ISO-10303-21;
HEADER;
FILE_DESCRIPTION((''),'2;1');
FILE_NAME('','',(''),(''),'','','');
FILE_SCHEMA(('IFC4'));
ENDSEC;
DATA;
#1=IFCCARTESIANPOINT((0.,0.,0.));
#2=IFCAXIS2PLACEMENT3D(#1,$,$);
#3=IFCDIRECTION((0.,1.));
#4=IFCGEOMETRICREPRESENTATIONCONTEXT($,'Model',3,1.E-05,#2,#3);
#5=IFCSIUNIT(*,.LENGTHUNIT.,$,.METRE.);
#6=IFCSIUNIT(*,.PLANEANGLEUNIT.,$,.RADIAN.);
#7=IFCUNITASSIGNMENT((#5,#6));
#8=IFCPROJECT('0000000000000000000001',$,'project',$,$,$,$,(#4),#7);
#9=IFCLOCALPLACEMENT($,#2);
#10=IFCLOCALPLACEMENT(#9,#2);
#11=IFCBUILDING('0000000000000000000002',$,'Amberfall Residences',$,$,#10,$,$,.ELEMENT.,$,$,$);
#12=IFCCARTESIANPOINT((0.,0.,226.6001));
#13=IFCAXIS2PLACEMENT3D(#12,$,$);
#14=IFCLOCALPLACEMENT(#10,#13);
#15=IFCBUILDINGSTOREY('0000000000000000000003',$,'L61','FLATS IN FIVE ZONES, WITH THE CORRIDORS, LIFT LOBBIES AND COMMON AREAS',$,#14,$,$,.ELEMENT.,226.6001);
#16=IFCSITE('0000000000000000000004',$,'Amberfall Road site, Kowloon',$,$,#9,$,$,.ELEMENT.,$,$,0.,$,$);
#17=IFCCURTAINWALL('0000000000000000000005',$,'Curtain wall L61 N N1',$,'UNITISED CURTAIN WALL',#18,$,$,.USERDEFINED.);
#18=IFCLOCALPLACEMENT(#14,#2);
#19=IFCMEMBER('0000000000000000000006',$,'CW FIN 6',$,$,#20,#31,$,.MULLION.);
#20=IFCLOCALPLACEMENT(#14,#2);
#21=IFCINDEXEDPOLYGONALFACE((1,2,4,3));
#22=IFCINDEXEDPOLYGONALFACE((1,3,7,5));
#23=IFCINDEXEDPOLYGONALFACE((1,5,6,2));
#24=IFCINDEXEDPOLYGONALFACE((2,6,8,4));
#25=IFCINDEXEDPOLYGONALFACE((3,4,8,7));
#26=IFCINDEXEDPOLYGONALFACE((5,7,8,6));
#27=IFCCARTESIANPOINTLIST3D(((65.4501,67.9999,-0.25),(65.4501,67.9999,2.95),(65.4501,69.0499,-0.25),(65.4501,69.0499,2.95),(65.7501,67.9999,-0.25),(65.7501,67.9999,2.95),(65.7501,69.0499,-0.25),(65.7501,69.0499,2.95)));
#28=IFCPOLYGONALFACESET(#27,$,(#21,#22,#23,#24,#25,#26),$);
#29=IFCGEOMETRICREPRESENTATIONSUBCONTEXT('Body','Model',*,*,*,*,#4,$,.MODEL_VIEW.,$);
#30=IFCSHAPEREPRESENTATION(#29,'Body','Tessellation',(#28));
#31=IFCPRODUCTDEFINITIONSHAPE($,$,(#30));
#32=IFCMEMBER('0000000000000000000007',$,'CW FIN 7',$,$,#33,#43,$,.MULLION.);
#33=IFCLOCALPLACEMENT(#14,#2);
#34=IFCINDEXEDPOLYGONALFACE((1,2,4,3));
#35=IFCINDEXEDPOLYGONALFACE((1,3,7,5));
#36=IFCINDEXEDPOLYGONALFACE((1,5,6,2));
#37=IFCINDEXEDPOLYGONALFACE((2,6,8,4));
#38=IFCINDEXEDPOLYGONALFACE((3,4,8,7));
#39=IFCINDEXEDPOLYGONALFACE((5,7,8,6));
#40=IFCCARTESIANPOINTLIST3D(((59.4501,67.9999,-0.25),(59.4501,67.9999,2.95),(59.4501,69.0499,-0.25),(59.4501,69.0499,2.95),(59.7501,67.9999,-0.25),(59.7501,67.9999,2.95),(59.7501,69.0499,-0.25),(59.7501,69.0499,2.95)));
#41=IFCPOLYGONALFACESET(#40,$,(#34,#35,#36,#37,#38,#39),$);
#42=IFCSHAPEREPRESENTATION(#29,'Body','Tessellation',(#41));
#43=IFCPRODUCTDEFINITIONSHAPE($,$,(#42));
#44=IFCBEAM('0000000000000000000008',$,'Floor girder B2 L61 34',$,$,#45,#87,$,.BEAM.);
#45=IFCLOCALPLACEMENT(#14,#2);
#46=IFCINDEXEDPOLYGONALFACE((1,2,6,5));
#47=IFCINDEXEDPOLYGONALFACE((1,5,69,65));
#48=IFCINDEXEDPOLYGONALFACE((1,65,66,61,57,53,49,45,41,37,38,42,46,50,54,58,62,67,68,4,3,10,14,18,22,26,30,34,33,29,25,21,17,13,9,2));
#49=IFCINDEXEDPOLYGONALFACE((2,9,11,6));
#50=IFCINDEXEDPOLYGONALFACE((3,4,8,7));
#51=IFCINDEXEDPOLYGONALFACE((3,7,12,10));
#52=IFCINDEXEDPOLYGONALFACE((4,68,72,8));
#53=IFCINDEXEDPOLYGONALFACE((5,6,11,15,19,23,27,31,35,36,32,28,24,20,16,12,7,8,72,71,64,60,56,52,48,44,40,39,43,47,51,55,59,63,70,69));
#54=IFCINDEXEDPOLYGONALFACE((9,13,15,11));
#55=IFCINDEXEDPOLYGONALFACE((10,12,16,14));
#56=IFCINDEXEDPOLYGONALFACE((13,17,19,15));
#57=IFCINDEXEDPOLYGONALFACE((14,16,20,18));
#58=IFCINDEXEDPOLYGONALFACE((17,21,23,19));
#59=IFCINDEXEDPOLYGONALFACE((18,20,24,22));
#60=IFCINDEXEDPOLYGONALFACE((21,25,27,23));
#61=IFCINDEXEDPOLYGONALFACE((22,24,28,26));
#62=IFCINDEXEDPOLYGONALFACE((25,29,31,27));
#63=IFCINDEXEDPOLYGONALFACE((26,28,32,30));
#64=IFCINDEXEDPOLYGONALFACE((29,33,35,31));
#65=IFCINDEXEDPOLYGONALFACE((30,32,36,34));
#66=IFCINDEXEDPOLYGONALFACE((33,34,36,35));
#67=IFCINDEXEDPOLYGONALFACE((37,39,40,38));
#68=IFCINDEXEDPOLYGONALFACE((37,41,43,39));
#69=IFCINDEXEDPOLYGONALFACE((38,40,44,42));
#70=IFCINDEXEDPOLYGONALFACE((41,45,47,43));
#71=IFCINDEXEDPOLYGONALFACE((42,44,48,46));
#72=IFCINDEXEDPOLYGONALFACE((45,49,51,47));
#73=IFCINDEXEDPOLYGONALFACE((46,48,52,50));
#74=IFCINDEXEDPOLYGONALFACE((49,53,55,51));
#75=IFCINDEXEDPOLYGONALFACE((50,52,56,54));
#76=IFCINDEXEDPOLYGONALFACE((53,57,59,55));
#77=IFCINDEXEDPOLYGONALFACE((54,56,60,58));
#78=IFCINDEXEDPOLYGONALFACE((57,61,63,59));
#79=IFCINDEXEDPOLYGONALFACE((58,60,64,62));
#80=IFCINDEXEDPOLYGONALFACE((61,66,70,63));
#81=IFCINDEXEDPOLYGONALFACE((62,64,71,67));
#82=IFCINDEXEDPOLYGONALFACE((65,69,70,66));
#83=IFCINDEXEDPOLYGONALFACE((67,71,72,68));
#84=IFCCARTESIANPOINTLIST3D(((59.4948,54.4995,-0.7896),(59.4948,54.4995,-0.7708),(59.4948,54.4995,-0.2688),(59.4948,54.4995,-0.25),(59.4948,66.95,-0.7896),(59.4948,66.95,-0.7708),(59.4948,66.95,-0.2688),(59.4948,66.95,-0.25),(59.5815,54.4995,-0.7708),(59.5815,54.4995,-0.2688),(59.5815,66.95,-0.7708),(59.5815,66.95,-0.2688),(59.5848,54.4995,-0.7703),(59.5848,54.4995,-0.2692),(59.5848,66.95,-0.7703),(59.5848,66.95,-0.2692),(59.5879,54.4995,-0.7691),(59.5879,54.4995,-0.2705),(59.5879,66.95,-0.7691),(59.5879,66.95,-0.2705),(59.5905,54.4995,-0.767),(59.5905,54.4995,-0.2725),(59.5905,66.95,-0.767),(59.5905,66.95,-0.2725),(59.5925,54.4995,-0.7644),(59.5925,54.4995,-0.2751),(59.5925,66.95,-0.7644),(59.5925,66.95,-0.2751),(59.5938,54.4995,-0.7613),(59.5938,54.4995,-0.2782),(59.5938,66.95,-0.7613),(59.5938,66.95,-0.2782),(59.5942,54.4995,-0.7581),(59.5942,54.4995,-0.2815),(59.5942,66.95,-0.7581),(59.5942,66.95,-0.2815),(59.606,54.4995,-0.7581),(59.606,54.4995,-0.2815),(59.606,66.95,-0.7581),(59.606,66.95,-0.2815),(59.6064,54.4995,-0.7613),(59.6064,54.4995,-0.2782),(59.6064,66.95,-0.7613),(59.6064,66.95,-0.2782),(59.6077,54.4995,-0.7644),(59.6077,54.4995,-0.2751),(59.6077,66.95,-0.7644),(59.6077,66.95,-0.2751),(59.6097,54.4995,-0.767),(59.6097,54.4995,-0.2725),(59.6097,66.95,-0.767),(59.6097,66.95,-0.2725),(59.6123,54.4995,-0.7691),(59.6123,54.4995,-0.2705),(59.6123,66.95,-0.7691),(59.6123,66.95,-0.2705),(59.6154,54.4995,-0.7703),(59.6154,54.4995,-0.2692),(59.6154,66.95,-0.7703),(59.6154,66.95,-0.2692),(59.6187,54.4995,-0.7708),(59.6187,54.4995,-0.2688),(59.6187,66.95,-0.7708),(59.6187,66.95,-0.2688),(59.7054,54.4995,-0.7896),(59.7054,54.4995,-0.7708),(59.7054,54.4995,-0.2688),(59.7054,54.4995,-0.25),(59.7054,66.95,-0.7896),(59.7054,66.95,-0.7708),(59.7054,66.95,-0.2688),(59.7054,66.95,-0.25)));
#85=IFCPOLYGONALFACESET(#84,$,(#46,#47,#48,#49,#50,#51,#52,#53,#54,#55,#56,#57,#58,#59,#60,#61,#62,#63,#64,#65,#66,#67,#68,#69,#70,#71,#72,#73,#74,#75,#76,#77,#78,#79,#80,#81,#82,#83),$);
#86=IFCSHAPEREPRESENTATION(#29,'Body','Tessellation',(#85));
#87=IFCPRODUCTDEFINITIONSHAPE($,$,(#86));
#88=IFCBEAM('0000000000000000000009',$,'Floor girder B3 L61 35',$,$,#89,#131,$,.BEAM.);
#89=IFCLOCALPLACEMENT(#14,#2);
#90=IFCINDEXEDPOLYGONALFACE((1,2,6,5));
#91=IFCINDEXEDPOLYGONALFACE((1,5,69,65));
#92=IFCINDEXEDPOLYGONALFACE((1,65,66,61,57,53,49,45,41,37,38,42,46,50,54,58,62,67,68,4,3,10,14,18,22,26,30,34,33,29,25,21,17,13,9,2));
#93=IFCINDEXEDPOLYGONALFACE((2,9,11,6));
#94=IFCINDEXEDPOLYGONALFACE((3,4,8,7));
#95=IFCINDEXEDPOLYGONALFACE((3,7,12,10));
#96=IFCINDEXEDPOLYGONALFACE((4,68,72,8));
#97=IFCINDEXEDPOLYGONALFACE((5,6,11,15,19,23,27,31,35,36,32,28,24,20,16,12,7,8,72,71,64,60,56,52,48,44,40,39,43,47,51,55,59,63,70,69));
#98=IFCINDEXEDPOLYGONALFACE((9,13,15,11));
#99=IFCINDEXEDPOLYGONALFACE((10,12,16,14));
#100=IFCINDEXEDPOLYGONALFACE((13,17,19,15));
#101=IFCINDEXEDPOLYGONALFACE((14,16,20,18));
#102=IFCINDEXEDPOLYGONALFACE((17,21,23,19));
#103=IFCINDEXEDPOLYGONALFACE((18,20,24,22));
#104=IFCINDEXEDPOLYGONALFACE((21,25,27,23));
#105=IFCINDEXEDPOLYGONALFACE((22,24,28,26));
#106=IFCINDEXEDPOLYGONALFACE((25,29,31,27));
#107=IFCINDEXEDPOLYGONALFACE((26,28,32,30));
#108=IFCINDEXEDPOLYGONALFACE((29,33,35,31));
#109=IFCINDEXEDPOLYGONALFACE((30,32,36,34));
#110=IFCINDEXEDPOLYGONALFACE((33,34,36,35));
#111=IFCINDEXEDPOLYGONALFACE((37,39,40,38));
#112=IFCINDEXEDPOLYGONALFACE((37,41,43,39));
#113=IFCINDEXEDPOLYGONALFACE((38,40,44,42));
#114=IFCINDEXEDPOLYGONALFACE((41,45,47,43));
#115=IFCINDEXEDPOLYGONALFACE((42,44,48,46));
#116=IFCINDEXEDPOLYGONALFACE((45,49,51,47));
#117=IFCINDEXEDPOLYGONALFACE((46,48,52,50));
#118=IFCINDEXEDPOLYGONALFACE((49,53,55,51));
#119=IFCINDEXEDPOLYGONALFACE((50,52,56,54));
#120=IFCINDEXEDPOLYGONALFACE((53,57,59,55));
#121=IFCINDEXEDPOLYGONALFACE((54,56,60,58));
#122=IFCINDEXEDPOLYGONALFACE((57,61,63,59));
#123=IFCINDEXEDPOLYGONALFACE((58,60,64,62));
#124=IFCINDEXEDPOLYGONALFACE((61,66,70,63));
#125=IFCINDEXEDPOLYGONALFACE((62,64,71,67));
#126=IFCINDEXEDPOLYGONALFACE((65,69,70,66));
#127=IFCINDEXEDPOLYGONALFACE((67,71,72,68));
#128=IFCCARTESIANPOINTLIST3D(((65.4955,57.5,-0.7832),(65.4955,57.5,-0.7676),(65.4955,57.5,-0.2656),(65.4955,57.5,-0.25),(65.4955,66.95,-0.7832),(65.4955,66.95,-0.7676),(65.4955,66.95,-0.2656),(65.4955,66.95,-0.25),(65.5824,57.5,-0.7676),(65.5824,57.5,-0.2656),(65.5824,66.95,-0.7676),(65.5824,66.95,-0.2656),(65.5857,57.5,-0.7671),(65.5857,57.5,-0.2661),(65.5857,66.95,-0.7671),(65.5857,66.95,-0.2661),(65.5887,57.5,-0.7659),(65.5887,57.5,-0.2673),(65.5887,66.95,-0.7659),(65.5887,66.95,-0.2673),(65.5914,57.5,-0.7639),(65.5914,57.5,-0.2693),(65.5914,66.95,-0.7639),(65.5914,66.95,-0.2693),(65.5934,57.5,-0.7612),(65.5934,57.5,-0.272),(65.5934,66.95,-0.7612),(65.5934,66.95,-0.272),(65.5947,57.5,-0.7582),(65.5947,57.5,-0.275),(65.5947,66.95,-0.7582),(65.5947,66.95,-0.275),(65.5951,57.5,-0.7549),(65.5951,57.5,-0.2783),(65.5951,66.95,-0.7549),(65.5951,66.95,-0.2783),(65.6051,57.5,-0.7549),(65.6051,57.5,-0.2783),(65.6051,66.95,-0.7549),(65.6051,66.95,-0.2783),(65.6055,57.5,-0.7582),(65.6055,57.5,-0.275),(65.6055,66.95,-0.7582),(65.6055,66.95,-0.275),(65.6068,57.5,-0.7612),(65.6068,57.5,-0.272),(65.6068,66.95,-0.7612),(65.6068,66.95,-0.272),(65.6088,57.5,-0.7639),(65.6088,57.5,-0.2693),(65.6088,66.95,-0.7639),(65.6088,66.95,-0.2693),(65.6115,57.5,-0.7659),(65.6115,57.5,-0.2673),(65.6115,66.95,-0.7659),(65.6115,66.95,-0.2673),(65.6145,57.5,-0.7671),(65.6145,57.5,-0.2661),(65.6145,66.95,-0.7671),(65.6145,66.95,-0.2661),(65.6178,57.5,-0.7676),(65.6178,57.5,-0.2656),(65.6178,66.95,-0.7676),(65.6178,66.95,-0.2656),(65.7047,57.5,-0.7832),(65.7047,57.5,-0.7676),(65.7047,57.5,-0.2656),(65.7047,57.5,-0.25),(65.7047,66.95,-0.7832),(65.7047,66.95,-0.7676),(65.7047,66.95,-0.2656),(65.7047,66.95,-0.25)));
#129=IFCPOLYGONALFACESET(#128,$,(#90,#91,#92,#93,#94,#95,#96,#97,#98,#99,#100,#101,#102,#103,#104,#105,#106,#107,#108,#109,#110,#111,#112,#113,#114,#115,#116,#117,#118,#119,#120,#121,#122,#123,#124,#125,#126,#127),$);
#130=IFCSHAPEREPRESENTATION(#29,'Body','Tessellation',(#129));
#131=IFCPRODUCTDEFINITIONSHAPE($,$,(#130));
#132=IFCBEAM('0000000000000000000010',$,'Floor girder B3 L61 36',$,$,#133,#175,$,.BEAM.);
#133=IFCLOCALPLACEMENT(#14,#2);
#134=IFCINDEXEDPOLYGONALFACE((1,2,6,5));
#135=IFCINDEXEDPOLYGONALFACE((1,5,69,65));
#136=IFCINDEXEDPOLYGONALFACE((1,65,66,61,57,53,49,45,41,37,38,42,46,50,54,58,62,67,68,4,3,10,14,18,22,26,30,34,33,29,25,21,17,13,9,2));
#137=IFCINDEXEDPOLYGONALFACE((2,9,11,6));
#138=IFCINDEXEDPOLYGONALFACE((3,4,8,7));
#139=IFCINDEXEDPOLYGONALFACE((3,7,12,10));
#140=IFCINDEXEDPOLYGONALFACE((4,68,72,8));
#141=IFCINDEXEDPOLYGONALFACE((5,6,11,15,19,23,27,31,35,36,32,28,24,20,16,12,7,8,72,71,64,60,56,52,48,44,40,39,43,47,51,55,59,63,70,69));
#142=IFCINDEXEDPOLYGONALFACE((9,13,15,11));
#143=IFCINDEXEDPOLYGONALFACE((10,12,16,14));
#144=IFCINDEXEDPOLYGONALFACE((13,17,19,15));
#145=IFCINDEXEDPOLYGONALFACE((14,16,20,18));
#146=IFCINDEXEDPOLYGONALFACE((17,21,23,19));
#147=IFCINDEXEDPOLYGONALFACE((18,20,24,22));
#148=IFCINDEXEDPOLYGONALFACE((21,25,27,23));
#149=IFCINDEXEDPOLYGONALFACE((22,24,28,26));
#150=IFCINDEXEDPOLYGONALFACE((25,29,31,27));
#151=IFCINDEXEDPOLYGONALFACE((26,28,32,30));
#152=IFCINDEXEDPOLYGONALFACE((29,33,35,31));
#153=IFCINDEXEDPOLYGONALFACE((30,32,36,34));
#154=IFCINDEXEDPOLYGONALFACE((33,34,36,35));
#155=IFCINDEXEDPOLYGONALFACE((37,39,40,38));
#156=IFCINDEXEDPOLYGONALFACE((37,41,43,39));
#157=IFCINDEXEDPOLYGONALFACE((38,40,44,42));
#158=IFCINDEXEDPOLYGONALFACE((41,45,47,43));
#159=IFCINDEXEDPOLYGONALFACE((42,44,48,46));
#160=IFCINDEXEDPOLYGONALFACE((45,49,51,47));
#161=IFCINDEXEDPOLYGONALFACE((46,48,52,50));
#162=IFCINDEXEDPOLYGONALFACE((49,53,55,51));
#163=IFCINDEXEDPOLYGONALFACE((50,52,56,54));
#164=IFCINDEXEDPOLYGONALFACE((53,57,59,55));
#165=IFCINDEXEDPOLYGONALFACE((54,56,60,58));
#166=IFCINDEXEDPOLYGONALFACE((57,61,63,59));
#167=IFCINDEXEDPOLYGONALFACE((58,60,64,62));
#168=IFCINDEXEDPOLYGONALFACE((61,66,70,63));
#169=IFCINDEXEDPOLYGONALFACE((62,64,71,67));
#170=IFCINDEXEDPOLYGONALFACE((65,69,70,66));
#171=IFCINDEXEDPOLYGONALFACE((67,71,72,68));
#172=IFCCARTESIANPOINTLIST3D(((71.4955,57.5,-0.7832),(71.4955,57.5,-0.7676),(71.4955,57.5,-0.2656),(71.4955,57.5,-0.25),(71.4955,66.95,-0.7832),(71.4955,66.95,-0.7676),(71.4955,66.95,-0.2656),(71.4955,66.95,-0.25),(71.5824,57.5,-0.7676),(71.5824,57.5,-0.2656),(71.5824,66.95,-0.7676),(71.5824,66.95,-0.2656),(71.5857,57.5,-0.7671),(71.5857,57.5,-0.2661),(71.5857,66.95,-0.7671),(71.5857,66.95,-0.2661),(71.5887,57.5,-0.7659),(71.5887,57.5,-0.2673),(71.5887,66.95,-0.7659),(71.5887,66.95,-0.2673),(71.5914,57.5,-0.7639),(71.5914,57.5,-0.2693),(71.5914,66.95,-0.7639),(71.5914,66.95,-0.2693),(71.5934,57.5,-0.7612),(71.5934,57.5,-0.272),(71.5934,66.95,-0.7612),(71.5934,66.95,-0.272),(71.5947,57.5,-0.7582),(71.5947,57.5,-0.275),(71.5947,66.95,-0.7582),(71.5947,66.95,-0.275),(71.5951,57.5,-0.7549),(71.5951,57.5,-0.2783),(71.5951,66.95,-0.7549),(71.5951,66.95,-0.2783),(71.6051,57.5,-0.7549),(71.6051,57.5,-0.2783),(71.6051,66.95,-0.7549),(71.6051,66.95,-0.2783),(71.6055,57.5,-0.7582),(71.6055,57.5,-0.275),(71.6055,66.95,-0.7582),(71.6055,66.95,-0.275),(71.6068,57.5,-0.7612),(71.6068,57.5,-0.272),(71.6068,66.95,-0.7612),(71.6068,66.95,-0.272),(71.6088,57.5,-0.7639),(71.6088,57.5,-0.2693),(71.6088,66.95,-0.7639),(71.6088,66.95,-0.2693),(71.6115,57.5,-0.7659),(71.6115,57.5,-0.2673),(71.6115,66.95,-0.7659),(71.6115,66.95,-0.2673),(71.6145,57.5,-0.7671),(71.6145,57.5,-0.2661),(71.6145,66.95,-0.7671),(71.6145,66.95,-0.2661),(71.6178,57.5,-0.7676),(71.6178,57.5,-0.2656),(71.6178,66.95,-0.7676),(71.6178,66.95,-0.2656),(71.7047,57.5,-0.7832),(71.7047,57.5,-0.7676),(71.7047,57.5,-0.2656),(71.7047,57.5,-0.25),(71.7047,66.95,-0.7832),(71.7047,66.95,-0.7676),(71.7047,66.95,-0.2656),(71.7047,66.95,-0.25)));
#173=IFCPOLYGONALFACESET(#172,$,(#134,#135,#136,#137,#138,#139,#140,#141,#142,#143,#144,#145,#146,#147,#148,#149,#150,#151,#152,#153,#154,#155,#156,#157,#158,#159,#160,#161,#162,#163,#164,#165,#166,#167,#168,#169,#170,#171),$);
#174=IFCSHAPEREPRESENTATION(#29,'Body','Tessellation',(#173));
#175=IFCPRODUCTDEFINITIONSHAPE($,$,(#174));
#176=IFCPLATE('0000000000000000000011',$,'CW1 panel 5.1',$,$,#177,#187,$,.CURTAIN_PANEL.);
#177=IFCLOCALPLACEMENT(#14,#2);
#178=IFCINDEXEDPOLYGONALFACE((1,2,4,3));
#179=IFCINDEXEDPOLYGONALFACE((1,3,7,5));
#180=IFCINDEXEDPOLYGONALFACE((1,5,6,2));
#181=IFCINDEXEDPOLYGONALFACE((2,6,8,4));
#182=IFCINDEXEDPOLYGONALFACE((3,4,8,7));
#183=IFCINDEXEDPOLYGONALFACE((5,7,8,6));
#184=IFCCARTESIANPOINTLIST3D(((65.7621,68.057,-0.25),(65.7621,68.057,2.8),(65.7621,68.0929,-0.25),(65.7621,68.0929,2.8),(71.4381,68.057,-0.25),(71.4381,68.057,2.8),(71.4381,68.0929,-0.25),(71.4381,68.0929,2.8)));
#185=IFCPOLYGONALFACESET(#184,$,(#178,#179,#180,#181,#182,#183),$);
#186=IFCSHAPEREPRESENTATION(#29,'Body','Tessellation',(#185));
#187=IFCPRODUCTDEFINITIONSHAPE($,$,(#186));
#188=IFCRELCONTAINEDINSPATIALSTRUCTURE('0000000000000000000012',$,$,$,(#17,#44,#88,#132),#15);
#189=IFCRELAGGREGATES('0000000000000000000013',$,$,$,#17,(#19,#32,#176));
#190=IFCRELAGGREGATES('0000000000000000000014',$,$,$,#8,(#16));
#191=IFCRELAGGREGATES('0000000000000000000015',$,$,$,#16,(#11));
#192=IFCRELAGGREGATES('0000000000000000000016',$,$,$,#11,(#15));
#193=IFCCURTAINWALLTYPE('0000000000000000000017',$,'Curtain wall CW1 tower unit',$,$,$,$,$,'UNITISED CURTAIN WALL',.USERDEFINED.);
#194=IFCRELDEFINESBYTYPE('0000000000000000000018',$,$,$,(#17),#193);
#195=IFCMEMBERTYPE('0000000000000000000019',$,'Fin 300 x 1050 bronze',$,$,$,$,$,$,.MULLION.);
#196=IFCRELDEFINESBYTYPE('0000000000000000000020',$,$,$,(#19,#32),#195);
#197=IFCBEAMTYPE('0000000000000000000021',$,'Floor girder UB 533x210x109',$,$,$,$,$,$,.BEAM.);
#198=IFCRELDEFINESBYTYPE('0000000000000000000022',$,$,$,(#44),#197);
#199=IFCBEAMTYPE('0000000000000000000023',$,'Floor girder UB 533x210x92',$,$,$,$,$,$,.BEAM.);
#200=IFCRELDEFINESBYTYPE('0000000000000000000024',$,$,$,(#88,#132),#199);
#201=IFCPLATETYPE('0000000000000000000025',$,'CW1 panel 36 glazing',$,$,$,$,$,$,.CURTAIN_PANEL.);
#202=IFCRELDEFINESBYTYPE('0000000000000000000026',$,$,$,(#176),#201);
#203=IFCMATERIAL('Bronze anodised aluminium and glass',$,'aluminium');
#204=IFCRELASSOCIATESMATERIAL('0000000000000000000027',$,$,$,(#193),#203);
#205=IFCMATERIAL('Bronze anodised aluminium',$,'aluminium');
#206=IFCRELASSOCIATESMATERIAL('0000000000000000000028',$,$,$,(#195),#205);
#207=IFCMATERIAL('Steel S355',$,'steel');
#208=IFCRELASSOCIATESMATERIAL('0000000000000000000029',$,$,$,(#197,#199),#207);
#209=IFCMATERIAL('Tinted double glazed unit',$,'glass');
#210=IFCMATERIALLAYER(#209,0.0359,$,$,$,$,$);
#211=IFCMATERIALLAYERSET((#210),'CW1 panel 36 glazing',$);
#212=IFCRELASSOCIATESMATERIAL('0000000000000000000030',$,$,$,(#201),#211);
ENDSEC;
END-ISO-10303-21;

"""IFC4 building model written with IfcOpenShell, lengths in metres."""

from ifc_helpers import new_model, si_unit, direction, frame, origin, origin_2d, place, context, subcontext, project, spatial, rectangle, i_section, extrude, material, layer, layer_set, material_profile, profile_set, type_object, element, aggregate, save


model = new_model("IFC4")

# Units and contexts
model_context = context("Model", 3, precision=1e-05, world=origin(), true_north=direction((0.0, 1.0)))
body_context = subcontext(model_context, "Body", "Model", "MODEL_VIEW")
ifc_project = project(units=[si_unit("LENGTHUNIT", "METRE"), si_unit("PLANEANGLEUNIT", "RADIAN")], contexts=[model_context])

# Site, building, storey
site_placement = place(None, origin())
site = spatial("IfcSite", under=ifc_project, at=site_placement, Name="Amberfall Road site, Kowloon", CompositionType="ELEMENT", RefElevation=0.0)
building_placement = place(site_placement, origin())
building = spatial("IfcBuilding", under=site, at=building_placement, Name="Amberfall Residences", CompositionType="ELEMENT")
storey_placement = place(building_placement, frame((0.0, 0.0, 226.6001)))
storey = spatial("IfcBuildingStorey", under=building, at=storey_placement, Name="L61", Description="FLATS IN FIVE ZONES, WITH THE CORRIDORS, LIFT LOBBIES AND COMMON AREAS", CompositionType="ELEMENT", Elevation=226.6001)

# Curtain wall
ifc_material_1 = material(Name="Bronze anodised aluminium and glass", Category="aluminium")
curtain_wall_type = type_object("IfcCurtainWallType", Name="Curtain wall CW1 tower unit", ElementType="UNITISED CURTAIN WALL", PredefinedType="USERDEFINED", material=ifc_material_1)
curtain_wall_placement = place(storey_placement, origin())
curtain_wall = element("IfcCurtainWall", 1, at=curtain_wall_placement, inside=storey, type_object=curtain_wall_type, Name="Curtain wall L61 N N1", ObjectType="UNITISED CURTAIN WALL", PredefinedType="USERDEFINED")
ifc_material_2 = material(Name="Bronze anodised aluminium", Category="aluminium")

# Shared definitions
ifc_material_3 = material(Name="Steel S355", Category="steel")

# Members
ifc_material_profile_1 = material_profile(ifc_material_2, rectangle(XDim=1.05, YDim=0.3, at=origin_2d()), Name="Fin 300 x 1050 bronze")
ifc_profile_set_1 = profile_set([ifc_material_profile_1], Name="Bronze anodised aluminium")
member_type_1 = type_object("IfcMemberType", Name="Fin 300 x 1050 bronze", PredefinedType="MULLION", material=ifc_profile_set_1)
member_1_placement = place(storey_placement, frame((65.6001, 68.5249, -0.25), z_axis=(0.0, 0.0, 1.0), x_axis=(0.0, -1.0, 0.0)))
member_1 = element("IfcMember", 2, at=member_1_placement, type_object=member_type_1, Name="CW FIN 6", PredefinedType="MULLION", context=body_context, shape_type="SweptSolid", body=[
    extrude(rectangle(XDim=1.05, YDim=0.3, at=origin_2d()), origin(), (0.0, 0.0, 1.0), 3.2),
])
member_2_placement = place(storey_placement, frame((59.6001, 68.5249, -0.25), z_axis=(0.0, 0.0, 1.0), x_axis=(0.0, -1.0, 0.0)))
member_2 = element("IfcMember", 3, at=member_2_placement, type_object=member_type_1, Name="CW FIN 7", PredefinedType="MULLION", context=body_context, shape_type="SweptSolid", body=[
    extrude(rectangle(XDim=1.05, YDim=0.3, at=origin_2d()), origin(), (0.0, 0.0, 1.0), 3.2),
])

# Beams
ifc_material_profile_2 = material_profile(ifc_material_3, i_section(OverallWidth=0.2107, OverallDepth=0.5396, WebThickness=0.0117, FlangeThickness=0.0188, FilletRadius=0.0127, at=origin_2d()), Name="UB 533x210x109")
ifc_profile_set_2 = profile_set([ifc_material_profile_2], Name="Steel S355")
beam_type_1 = type_object("IfcBeamType", Name="Floor girder UB 533x210x109", PredefinedType="BEAM", material=ifc_profile_set_2)
beam_placement = place(storey_placement, frame((59.6001, 66.95, -0.5198), z_axis=(0.0, -1.0, 0.0), x_axis=(1.0, 0.0, 0.0)))
element("IfcBeam", 4, at=beam_placement, inside=storey, type_object=beam_type_1, Name="Floor girder B2 L61 34", PredefinedType="BEAM", context=body_context, shape_type="SweptSolid", body=[
    extrude(i_section(OverallWidth=0.2107, OverallDepth=0.5396, WebThickness=0.0117, FlangeThickness=0.0188, FilletRadius=0.0127, at=origin_2d()), origin(), (0.0, 0.0, 1.0), 12.4504),
])
ifc_material_profile_3 = material_profile(ifc_material_3, i_section(OverallWidth=0.2092, OverallDepth=0.5332, WebThickness=0.01, FlangeThickness=0.0156, FilletRadius=0.0127, at=origin_2d()), Name="UB 533x210x92")
ifc_profile_set_3 = profile_set([ifc_material_profile_3], Name="Steel S355")
beam_type_2 = type_object("IfcBeamType", Name="Floor girder UB 533x210x92", PredefinedType="BEAM", material=ifc_profile_set_3)
for number, where, z_axis, x_axis, name in (
    (5, (65.6001, 66.95, -0.5166), (0.0, -1.0, 0.0), (1.0, 0.0, 0.0), "Floor girder B3 L61 35"),
    (6, (71.6001, 66.95, -0.5166), (0.0, -1.0, 0.0), (1.0, 0.0, 0.0), "Floor girder B3 L61 36"),
):
    element("IfcBeam", number, at=place(storey_placement, frame(where, z_axis=z_axis, x_axis=x_axis)), inside=storey, type_object=beam_type_2, Name=name, PredefinedType="BEAM", context=body_context, shape_type="SweptSolid", body=[
        extrude(i_section(OverallWidth=0.2092, OverallDepth=0.5332, WebThickness=0.01, FlangeThickness=0.0156, FilletRadius=0.0127, at=origin_2d()), origin(), (0.0, 0.0, 1.0), 9.45),
    ])

# Plate
ifc_material_4 = material(Name="Tinted double glazed unit", Category="glass")
ifc_layer_1 = layer(ifc_material_4, 0.0359)
ifc_layer_set_1 = layer_set([ifc_layer_1], Name="CW1 panel 36 glazing")
plate_type = type_object("IfcPlateType", Name="CW1 panel 36 glazing", PredefinedType="CURTAIN_PANEL", material=ifc_layer_set_1)
plate_1_placement = place(storey_placement, frame((68.6001, 68.075, -0.25), z_axis=(0.0, 0.0, 1.0), x_axis=(-1.0, 0.0, 0.0)))
plate_1 = element("IfcPlate", 7, at=plate_1_placement, type_object=plate_type, Name="CW1 panel 5.1", PredefinedType="CURTAIN_PANEL", context=body_context, shape_type="SweptSolid", body=[
    extrude(rectangle(XDim=5.676, YDim=0.0359, at=origin_2d()), origin(), (0.0, 0.0, 1.0), 3.05),
])
aggregate(curtain_wall, [member_1, member_2, plate_1])

save(model, "model.ifc")
